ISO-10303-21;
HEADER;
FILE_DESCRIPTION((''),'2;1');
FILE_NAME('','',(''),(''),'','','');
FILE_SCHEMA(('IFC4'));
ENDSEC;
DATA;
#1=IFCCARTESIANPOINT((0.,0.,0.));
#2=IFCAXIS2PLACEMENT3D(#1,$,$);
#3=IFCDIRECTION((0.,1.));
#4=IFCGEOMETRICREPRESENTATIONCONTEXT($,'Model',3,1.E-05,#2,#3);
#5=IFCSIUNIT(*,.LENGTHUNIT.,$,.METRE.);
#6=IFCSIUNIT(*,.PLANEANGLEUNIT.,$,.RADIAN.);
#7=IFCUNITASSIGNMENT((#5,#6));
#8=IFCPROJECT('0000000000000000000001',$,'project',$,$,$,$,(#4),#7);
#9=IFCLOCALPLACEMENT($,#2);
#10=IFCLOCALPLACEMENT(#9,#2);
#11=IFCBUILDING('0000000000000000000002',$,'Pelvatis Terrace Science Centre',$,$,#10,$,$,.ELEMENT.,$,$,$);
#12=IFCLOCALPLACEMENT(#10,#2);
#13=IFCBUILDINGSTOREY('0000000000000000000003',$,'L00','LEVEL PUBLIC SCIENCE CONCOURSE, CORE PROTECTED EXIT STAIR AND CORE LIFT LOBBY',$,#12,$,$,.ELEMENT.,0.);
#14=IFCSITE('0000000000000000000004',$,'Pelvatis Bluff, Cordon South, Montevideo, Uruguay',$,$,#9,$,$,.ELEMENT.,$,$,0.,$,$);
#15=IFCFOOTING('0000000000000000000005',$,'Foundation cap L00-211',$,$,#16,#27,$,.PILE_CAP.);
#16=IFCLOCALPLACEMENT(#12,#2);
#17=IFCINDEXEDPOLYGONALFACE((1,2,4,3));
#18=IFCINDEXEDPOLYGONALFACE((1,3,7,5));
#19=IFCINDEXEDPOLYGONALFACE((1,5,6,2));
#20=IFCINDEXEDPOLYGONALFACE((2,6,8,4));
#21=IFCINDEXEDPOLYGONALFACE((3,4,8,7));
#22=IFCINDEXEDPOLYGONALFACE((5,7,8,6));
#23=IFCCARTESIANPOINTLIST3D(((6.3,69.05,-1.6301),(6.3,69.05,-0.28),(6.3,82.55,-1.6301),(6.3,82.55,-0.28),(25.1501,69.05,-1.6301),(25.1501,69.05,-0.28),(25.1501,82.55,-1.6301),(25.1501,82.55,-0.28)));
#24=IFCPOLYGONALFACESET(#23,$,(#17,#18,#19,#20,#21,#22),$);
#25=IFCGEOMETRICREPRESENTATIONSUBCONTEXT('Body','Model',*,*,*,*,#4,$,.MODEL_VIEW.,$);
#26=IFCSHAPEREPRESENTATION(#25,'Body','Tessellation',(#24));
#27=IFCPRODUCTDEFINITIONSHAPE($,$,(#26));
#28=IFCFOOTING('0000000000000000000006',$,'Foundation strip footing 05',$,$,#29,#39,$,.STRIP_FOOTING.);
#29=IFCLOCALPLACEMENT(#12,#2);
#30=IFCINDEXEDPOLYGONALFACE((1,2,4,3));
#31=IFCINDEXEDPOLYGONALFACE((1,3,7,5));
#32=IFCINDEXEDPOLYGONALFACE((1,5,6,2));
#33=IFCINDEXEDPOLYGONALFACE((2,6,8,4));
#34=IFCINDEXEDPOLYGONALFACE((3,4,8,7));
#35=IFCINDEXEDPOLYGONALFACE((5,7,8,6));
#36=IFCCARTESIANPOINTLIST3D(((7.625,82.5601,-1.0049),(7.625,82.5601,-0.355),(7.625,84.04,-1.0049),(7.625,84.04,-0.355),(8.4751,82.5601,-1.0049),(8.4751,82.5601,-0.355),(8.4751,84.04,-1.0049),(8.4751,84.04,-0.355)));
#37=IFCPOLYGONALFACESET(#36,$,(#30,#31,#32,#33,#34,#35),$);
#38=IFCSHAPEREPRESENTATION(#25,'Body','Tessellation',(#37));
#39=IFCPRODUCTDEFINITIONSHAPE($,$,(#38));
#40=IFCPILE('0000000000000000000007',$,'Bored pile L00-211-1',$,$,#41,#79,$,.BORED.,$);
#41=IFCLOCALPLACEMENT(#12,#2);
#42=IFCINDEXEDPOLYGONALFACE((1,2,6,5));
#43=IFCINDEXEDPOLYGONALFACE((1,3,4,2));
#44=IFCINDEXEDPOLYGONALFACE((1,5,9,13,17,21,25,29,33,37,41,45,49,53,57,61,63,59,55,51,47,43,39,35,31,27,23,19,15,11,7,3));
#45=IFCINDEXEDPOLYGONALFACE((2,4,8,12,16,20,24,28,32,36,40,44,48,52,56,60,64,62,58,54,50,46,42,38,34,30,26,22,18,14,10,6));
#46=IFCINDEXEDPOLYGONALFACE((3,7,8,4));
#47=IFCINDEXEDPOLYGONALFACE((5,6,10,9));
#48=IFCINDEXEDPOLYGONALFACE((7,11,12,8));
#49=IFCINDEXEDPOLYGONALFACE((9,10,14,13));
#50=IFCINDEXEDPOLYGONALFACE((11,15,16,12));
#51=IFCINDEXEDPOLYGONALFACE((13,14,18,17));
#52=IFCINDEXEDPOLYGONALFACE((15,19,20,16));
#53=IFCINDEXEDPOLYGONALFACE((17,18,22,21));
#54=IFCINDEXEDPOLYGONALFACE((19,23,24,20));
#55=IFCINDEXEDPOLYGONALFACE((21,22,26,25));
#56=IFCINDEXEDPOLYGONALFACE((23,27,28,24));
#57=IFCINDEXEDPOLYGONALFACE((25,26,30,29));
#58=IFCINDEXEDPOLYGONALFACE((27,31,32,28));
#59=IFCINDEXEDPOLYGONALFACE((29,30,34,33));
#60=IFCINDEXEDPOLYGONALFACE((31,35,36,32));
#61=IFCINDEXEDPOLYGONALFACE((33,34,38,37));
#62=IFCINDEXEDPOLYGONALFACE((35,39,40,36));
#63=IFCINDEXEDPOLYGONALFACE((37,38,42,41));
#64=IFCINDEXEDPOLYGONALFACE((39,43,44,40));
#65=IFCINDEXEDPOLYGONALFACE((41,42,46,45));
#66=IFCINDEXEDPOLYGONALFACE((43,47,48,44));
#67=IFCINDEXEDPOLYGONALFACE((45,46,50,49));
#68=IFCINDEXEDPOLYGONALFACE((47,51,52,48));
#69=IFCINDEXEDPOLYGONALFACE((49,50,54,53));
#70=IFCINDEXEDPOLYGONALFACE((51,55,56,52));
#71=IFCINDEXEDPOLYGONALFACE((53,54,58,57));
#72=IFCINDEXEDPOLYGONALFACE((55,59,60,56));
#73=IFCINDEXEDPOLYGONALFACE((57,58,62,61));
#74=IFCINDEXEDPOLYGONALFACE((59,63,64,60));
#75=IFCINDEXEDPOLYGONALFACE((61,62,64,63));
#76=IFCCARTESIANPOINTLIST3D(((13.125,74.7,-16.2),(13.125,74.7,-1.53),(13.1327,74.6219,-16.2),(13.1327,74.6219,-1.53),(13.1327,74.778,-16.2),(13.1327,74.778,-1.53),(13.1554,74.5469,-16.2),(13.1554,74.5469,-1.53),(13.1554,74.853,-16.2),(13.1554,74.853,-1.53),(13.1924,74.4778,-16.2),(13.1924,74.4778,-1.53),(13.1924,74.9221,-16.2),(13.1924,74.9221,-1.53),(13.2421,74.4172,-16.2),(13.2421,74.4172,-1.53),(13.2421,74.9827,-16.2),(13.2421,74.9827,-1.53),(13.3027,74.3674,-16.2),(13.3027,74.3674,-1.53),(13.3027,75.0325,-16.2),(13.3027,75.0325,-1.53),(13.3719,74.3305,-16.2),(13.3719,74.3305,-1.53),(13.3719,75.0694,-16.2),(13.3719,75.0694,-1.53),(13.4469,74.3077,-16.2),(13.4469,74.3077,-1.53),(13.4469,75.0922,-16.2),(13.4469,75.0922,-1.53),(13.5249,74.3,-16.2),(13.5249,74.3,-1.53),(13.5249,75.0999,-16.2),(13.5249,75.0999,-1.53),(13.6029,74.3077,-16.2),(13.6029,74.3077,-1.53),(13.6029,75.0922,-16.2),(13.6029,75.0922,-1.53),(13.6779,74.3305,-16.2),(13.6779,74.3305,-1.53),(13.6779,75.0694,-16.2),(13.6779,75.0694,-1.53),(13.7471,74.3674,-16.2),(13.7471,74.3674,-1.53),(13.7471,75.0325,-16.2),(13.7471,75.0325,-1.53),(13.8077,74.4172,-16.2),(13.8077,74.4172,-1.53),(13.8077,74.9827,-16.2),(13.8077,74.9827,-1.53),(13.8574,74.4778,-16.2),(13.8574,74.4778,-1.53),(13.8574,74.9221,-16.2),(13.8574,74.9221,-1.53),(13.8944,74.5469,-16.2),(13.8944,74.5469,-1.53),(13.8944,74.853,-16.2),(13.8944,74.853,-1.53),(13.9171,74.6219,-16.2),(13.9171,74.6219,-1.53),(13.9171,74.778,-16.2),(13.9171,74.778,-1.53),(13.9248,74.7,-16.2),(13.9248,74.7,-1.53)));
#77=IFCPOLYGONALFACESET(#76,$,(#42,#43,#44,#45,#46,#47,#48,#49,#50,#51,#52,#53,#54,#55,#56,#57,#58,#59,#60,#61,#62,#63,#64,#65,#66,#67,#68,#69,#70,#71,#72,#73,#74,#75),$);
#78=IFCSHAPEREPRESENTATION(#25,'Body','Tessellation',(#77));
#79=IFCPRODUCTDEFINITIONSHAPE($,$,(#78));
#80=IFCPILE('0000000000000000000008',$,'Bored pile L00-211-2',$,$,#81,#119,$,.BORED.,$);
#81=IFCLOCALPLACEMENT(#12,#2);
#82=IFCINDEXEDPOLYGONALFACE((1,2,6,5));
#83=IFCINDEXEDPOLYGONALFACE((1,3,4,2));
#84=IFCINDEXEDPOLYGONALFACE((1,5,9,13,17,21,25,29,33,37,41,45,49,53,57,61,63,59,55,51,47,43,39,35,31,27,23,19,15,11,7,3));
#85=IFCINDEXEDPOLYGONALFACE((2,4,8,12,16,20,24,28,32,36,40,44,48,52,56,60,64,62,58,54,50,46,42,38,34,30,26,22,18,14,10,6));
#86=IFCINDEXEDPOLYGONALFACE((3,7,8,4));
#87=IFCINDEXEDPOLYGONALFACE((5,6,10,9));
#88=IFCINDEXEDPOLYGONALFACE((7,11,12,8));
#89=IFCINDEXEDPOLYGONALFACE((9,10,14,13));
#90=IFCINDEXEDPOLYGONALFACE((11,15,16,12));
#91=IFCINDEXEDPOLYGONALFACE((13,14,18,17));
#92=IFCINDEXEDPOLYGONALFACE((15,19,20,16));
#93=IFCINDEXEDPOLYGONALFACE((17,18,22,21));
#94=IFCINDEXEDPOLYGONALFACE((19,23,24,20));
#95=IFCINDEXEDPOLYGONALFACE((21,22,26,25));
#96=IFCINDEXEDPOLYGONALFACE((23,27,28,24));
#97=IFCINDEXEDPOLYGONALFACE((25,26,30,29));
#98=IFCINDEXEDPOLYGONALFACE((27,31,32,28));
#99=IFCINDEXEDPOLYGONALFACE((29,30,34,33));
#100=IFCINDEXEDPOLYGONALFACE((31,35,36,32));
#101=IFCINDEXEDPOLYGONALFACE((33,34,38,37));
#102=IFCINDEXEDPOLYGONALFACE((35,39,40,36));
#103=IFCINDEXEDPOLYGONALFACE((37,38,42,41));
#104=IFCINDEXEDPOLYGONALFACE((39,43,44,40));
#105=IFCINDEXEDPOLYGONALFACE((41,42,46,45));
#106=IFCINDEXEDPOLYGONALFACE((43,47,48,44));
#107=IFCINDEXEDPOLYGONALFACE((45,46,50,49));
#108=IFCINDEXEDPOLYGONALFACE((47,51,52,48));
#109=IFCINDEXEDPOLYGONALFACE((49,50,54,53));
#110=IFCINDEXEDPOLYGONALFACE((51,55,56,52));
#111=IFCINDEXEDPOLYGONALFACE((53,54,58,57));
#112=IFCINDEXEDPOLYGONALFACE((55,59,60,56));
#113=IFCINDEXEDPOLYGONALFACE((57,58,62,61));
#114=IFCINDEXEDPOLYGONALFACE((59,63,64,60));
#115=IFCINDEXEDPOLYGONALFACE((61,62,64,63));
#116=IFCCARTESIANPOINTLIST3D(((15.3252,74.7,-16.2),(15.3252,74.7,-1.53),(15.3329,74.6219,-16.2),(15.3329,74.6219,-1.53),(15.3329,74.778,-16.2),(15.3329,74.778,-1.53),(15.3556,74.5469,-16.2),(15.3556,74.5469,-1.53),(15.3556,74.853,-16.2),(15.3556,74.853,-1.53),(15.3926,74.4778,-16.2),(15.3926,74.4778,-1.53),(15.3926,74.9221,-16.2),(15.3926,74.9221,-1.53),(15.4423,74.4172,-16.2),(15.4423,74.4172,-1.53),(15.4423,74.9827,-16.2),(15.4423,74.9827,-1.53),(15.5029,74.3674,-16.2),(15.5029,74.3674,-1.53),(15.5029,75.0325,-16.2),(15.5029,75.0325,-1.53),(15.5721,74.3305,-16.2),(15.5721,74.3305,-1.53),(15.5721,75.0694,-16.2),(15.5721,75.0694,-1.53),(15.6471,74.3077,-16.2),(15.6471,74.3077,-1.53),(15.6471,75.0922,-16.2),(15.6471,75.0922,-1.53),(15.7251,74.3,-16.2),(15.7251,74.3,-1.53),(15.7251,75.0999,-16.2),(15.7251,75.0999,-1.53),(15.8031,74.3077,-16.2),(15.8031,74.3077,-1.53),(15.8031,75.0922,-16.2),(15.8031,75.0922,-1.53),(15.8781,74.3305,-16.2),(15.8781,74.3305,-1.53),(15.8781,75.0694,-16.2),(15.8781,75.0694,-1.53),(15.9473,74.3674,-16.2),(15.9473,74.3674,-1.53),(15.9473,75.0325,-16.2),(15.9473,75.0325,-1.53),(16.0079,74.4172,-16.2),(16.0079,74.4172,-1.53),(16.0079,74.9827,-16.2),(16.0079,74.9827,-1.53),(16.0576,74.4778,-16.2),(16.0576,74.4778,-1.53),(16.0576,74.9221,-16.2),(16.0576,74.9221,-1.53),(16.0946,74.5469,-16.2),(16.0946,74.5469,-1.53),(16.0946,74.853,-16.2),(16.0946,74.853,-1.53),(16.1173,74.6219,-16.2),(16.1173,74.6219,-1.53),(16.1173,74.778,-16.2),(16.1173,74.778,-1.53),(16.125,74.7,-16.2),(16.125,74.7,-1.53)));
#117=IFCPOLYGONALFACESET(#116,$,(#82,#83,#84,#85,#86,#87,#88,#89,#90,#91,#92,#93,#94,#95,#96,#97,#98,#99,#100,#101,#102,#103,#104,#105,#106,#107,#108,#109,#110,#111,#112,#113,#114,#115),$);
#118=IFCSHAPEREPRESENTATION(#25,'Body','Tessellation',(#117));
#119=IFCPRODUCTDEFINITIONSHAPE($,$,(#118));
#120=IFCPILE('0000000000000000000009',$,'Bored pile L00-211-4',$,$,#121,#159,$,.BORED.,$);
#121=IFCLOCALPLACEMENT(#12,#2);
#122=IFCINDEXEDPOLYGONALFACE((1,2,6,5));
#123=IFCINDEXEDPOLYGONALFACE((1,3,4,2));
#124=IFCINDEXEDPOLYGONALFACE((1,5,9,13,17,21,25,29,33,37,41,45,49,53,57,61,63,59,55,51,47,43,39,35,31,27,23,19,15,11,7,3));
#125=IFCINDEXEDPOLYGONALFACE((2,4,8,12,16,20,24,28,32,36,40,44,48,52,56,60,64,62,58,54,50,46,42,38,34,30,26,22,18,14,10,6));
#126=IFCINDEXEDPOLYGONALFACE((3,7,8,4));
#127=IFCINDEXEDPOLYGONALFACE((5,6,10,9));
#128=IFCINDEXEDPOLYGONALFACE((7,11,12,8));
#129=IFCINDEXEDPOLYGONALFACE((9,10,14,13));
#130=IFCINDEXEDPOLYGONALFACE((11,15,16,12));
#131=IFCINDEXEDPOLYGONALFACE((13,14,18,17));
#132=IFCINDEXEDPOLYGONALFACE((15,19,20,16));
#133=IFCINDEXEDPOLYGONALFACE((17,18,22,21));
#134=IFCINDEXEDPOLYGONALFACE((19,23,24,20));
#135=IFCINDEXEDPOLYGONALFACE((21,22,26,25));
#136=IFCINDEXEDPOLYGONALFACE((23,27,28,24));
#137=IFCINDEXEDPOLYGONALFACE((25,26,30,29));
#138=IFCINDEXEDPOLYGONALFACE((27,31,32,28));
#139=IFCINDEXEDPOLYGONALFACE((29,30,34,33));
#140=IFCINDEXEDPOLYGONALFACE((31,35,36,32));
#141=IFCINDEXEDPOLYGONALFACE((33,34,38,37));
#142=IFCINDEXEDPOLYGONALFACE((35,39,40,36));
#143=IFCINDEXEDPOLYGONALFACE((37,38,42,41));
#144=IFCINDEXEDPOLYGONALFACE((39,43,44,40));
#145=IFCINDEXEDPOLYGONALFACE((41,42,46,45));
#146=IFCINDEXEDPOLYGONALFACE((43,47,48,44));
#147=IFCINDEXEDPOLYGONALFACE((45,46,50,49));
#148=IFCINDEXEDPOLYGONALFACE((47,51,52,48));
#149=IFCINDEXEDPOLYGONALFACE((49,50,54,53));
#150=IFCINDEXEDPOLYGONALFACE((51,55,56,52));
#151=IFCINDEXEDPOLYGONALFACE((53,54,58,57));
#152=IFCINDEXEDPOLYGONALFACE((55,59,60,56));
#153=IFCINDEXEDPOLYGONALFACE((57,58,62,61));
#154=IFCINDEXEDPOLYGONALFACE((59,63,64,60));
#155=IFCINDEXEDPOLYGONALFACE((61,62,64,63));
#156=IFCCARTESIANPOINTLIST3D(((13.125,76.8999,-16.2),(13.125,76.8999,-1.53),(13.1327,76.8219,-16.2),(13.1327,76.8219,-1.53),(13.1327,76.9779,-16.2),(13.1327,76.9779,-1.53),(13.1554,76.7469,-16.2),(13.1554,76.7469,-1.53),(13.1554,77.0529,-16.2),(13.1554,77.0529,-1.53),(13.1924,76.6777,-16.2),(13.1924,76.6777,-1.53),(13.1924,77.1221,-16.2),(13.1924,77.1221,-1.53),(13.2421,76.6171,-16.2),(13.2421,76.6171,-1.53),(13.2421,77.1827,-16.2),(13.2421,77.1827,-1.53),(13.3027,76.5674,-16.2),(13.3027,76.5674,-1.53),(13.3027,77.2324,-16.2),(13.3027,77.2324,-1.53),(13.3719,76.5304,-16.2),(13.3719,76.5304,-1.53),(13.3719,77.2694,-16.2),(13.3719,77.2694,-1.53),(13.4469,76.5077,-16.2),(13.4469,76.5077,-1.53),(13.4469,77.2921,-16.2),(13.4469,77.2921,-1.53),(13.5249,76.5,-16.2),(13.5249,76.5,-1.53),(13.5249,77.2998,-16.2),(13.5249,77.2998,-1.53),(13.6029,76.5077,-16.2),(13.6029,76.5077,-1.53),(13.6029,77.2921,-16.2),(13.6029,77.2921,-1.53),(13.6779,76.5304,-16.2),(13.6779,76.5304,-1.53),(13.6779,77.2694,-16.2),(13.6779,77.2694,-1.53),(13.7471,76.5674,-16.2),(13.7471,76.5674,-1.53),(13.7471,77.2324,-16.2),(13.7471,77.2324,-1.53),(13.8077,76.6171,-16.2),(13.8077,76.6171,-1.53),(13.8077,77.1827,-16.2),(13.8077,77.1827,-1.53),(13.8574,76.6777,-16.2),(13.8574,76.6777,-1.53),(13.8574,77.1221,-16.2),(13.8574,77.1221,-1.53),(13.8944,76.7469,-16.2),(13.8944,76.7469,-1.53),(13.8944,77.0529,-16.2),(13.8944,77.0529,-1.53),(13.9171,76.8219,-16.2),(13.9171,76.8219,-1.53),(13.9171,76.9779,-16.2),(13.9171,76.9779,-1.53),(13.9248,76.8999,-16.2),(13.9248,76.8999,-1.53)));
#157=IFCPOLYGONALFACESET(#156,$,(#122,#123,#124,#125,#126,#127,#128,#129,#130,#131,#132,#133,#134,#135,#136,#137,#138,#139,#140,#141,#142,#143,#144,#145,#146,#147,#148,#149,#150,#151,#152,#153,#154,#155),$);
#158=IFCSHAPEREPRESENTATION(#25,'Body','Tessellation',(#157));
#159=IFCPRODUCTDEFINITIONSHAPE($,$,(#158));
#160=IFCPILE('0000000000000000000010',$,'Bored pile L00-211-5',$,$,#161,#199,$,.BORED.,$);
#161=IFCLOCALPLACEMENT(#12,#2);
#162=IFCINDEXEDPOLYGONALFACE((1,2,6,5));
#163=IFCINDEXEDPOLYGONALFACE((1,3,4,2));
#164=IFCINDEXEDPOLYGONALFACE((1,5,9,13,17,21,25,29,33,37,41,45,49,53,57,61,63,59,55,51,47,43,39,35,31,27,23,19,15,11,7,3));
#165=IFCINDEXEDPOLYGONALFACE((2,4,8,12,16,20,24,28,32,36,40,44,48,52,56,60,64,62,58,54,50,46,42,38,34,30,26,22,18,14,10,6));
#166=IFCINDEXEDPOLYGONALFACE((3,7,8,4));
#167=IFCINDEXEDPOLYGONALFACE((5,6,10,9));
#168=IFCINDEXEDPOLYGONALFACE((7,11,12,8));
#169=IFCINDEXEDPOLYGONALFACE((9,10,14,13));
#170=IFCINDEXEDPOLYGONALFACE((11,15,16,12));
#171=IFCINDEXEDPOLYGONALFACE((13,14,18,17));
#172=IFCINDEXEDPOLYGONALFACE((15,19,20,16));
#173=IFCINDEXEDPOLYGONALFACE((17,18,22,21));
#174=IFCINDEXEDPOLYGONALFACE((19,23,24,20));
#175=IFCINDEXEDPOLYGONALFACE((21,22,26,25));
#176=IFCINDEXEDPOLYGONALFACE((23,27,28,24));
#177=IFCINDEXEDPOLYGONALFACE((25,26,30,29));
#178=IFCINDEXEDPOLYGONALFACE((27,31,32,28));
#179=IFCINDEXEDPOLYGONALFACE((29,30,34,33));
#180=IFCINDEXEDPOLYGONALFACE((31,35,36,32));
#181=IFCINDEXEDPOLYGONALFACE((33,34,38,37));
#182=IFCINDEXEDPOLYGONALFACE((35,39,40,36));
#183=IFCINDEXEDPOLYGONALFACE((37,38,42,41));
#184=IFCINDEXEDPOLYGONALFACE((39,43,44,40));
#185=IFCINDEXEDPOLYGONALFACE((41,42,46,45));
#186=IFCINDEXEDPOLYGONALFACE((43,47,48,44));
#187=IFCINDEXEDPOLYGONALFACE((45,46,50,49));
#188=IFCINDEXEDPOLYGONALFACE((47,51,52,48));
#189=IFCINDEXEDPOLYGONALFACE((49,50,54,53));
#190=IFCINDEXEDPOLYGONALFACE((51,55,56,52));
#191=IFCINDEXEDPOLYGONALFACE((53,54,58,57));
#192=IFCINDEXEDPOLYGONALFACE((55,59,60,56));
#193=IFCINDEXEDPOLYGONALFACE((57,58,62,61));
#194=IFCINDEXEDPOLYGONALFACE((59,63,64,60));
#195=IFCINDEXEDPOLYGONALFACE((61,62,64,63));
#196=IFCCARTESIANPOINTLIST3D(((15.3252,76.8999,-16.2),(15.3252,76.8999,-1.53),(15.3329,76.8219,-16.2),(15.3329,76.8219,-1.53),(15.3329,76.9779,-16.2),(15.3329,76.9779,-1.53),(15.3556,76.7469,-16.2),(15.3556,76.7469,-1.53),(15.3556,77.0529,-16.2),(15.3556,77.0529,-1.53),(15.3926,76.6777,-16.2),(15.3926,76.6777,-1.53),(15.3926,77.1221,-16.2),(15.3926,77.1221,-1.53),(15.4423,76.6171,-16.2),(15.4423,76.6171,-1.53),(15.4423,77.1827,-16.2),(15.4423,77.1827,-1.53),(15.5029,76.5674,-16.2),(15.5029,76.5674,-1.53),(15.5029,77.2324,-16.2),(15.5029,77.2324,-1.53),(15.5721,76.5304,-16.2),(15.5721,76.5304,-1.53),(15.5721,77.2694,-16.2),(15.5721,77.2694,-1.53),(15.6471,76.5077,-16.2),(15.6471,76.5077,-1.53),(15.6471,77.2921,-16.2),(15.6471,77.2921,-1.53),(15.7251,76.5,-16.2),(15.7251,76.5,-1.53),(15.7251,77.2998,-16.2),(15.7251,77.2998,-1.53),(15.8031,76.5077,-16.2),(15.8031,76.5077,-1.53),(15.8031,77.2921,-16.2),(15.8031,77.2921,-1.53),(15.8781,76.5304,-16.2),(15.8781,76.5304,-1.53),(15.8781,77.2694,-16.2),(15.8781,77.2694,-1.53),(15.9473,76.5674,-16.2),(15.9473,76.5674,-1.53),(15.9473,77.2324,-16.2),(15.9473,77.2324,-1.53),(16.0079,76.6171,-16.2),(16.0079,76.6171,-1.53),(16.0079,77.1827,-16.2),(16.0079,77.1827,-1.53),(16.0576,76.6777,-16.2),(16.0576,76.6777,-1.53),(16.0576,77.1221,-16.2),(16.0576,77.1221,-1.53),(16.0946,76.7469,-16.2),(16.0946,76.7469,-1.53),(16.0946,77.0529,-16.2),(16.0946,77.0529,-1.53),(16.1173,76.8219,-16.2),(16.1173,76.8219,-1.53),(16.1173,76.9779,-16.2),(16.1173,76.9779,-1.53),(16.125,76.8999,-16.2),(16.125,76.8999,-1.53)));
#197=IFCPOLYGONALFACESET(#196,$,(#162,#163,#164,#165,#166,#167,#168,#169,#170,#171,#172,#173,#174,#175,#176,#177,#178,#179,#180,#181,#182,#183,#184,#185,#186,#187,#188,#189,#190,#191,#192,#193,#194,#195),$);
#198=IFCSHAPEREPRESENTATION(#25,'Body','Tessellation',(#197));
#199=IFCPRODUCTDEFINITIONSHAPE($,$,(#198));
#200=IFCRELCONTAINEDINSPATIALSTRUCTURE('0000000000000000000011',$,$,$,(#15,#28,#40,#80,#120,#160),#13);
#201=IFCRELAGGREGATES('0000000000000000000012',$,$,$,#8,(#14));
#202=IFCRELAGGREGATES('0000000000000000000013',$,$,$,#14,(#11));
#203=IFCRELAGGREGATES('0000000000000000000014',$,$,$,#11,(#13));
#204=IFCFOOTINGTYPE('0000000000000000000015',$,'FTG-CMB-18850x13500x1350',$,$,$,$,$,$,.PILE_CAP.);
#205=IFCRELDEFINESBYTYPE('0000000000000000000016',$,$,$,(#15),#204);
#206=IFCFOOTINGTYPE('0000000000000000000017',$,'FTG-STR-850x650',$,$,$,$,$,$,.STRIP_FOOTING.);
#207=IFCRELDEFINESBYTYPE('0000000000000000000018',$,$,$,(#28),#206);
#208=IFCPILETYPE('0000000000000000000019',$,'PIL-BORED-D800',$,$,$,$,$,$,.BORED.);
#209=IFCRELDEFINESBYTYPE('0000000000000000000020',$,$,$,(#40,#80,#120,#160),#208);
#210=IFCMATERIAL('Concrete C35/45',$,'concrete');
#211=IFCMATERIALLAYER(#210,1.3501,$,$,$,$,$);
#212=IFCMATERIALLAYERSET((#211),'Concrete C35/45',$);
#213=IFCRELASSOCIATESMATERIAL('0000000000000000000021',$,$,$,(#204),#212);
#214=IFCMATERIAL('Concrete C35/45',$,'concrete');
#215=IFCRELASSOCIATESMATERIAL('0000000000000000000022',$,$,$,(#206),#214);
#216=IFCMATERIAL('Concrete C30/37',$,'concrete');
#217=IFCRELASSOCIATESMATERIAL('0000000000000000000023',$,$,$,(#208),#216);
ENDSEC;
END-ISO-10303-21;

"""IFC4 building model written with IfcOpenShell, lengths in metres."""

from ifc_helpers import new_model, si_unit, direction, frame, origin, origin_2d, place, context, subcontext, project, spatial, rectangle, circle, extrude, material, layer, layer_set, material_profile, profile_set, type_object, element, save


model = new_model("IFC4")

# Units and contexts
model_context = context("Model", 3, precision=1e-05, world=origin(), true_north=direction((0.0, 1.0)))
body_context = subcontext(model_context, "Body", "Model", "MODEL_VIEW")
ifc_project = project(units=[si_unit("LENGTHUNIT", "METRE"), si_unit("PLANEANGLEUNIT", "RADIAN")], contexts=[model_context])

# Site, building, storey
site_placement = place(None, origin())
site = spatial("IfcSite", under=ifc_project, at=site_placement, Name="Pelvatis Bluff, Cordon South, Montevideo, Uruguay", CompositionType="ELEMENT", RefElevation=0.0)
building_placement = place(site_placement, origin())
building = spatial("IfcBuilding", under=site, at=building_placement, Name="Pelvatis Terrace Science Centre", CompositionType="ELEMENT")
storey_placement = place(building_placement, origin())
storey = spatial("IfcBuildingStorey", under=building, at=storey_placement, Name="L00", Description="LEVEL PUBLIC SCIENCE CONCOURSE, CORE PROTECTED EXIT STAIR AND CORE LIFT LOBBY", CompositionType="ELEMENT", Elevation=0.0)

# Footings
ifc_material_1 = material(Name="Concrete C35/45", Category="concrete")
ifc_layer_1 = layer(ifc_material_1, 1.3501)
ifc_layer_set_1 = layer_set([ifc_layer_1], Name="Concrete C35/45")
footing_type_1 = type_object("IfcFootingType", Name="FTG-CMB-18850x13500x1350", PredefinedType="PILE_CAP", material=ifc_layer_set_1)
footing_1_placement = place(storey_placement, frame((15.7251, 75.8, -1.6301), z_axis=(0.0, 0.0, 1.0), x_axis=(1.0, 0.0, 0.0)))
element("IfcFooting", 1, at=footing_1_placement, inside=storey, type_object=footing_type_1, Name="Foundation cap L00-211", PredefinedType="PILE_CAP", context=body_context, shape_type="SweptSolid", body=[
    extrude(rectangle(XDim=18.8501, YDim=13.5, at=origin_2d()), origin(), (0.0, 0.0, 1.0), 1.3501),
])
ifc_material_2 = material(Name="Concrete C35/45", Category="concrete")
ifc_material_profile_1 = material_profile(ifc_material_2, rectangle(XDim=0.8501, YDim=0.6499, at=origin_2d()), Name="RC-STR 850x650")
ifc_profile_set_1 = profile_set([ifc_material_profile_1], Name="Concrete C35/45")
footing_type_2 = type_object("IfcFootingType", Name="FTG-STR-850x650", PredefinedType="STRIP_FOOTING", material=ifc_profile_set_1)
footing_2_placement = place(storey_placement, frame((8.05, 82.5601, -0.6799), z_axis=(0.0, 1.0, 0.0), x_axis=(-1.0, 0.0, 0.0)))
element("IfcFooting", 2, at=footing_2_placement, inside=storey, type_object=footing_type_2, Name="Foundation strip footing 05", PredefinedType="STRIP_FOOTING", context=body_context, shape_type="SweptSolid", body=[
    extrude(rectangle(XDim=0.8501, YDim=0.6499, at=origin_2d()), origin(), (0.0, 0.0, 1.0), 1.48),
])

# Piles
ifc_material_3 = material(Name="Concrete C30/37", Category="concrete")
ifc_material_profile_2 = material_profile(ifc_material_3, circle(Radius=0.3999, at=origin_2d()), Name="PILE D800")
ifc_profile_set_2 = profile_set([ifc_material_profile_2], Name="Concrete C30/37")
pile_type = type_object("IfcPileType", Name="PIL-BORED-D800", PredefinedType="BORED", material=ifc_profile_set_2)
for number, where, z_axis, x_axis, name in (
    (3, (13.5249, 74.7, -1.53), (0.0, 0.0, -1.0), (1.0, 0.0, 0.0), "Bored pile L00-211-1"),
    (4, (15.7251, 74.7, -1.53), (0.0, 0.0, -1.0), (1.0, 0.0, 0.0), "Bored pile L00-211-2"),
    (5, (13.5249, 76.8999, -1.53), (0.0, 0.0, -1.0), (1.0, 0.0, 0.0), "Bored pile L00-211-4"),
    (6, (15.7251, 76.8999, -1.53), (0.0, 0.0, -1.0), (1.0, 0.0, 0.0), "Bored pile L00-211-5"),
):
    element("IfcPile", number, at=place(storey_placement, frame(where, z_axis=z_axis, x_axis=x_axis)), inside=storey, type_object=pile_type, Name=name, PredefinedType="BORED", context=body_context, shape_type="SweptSolid", body=[
        extrude(circle(Radius=0.3999, at=origin_2d()), origin(), (0.0, 0.0, 1.0), 14.6699),
    ])

save(model, "model.ifc")
